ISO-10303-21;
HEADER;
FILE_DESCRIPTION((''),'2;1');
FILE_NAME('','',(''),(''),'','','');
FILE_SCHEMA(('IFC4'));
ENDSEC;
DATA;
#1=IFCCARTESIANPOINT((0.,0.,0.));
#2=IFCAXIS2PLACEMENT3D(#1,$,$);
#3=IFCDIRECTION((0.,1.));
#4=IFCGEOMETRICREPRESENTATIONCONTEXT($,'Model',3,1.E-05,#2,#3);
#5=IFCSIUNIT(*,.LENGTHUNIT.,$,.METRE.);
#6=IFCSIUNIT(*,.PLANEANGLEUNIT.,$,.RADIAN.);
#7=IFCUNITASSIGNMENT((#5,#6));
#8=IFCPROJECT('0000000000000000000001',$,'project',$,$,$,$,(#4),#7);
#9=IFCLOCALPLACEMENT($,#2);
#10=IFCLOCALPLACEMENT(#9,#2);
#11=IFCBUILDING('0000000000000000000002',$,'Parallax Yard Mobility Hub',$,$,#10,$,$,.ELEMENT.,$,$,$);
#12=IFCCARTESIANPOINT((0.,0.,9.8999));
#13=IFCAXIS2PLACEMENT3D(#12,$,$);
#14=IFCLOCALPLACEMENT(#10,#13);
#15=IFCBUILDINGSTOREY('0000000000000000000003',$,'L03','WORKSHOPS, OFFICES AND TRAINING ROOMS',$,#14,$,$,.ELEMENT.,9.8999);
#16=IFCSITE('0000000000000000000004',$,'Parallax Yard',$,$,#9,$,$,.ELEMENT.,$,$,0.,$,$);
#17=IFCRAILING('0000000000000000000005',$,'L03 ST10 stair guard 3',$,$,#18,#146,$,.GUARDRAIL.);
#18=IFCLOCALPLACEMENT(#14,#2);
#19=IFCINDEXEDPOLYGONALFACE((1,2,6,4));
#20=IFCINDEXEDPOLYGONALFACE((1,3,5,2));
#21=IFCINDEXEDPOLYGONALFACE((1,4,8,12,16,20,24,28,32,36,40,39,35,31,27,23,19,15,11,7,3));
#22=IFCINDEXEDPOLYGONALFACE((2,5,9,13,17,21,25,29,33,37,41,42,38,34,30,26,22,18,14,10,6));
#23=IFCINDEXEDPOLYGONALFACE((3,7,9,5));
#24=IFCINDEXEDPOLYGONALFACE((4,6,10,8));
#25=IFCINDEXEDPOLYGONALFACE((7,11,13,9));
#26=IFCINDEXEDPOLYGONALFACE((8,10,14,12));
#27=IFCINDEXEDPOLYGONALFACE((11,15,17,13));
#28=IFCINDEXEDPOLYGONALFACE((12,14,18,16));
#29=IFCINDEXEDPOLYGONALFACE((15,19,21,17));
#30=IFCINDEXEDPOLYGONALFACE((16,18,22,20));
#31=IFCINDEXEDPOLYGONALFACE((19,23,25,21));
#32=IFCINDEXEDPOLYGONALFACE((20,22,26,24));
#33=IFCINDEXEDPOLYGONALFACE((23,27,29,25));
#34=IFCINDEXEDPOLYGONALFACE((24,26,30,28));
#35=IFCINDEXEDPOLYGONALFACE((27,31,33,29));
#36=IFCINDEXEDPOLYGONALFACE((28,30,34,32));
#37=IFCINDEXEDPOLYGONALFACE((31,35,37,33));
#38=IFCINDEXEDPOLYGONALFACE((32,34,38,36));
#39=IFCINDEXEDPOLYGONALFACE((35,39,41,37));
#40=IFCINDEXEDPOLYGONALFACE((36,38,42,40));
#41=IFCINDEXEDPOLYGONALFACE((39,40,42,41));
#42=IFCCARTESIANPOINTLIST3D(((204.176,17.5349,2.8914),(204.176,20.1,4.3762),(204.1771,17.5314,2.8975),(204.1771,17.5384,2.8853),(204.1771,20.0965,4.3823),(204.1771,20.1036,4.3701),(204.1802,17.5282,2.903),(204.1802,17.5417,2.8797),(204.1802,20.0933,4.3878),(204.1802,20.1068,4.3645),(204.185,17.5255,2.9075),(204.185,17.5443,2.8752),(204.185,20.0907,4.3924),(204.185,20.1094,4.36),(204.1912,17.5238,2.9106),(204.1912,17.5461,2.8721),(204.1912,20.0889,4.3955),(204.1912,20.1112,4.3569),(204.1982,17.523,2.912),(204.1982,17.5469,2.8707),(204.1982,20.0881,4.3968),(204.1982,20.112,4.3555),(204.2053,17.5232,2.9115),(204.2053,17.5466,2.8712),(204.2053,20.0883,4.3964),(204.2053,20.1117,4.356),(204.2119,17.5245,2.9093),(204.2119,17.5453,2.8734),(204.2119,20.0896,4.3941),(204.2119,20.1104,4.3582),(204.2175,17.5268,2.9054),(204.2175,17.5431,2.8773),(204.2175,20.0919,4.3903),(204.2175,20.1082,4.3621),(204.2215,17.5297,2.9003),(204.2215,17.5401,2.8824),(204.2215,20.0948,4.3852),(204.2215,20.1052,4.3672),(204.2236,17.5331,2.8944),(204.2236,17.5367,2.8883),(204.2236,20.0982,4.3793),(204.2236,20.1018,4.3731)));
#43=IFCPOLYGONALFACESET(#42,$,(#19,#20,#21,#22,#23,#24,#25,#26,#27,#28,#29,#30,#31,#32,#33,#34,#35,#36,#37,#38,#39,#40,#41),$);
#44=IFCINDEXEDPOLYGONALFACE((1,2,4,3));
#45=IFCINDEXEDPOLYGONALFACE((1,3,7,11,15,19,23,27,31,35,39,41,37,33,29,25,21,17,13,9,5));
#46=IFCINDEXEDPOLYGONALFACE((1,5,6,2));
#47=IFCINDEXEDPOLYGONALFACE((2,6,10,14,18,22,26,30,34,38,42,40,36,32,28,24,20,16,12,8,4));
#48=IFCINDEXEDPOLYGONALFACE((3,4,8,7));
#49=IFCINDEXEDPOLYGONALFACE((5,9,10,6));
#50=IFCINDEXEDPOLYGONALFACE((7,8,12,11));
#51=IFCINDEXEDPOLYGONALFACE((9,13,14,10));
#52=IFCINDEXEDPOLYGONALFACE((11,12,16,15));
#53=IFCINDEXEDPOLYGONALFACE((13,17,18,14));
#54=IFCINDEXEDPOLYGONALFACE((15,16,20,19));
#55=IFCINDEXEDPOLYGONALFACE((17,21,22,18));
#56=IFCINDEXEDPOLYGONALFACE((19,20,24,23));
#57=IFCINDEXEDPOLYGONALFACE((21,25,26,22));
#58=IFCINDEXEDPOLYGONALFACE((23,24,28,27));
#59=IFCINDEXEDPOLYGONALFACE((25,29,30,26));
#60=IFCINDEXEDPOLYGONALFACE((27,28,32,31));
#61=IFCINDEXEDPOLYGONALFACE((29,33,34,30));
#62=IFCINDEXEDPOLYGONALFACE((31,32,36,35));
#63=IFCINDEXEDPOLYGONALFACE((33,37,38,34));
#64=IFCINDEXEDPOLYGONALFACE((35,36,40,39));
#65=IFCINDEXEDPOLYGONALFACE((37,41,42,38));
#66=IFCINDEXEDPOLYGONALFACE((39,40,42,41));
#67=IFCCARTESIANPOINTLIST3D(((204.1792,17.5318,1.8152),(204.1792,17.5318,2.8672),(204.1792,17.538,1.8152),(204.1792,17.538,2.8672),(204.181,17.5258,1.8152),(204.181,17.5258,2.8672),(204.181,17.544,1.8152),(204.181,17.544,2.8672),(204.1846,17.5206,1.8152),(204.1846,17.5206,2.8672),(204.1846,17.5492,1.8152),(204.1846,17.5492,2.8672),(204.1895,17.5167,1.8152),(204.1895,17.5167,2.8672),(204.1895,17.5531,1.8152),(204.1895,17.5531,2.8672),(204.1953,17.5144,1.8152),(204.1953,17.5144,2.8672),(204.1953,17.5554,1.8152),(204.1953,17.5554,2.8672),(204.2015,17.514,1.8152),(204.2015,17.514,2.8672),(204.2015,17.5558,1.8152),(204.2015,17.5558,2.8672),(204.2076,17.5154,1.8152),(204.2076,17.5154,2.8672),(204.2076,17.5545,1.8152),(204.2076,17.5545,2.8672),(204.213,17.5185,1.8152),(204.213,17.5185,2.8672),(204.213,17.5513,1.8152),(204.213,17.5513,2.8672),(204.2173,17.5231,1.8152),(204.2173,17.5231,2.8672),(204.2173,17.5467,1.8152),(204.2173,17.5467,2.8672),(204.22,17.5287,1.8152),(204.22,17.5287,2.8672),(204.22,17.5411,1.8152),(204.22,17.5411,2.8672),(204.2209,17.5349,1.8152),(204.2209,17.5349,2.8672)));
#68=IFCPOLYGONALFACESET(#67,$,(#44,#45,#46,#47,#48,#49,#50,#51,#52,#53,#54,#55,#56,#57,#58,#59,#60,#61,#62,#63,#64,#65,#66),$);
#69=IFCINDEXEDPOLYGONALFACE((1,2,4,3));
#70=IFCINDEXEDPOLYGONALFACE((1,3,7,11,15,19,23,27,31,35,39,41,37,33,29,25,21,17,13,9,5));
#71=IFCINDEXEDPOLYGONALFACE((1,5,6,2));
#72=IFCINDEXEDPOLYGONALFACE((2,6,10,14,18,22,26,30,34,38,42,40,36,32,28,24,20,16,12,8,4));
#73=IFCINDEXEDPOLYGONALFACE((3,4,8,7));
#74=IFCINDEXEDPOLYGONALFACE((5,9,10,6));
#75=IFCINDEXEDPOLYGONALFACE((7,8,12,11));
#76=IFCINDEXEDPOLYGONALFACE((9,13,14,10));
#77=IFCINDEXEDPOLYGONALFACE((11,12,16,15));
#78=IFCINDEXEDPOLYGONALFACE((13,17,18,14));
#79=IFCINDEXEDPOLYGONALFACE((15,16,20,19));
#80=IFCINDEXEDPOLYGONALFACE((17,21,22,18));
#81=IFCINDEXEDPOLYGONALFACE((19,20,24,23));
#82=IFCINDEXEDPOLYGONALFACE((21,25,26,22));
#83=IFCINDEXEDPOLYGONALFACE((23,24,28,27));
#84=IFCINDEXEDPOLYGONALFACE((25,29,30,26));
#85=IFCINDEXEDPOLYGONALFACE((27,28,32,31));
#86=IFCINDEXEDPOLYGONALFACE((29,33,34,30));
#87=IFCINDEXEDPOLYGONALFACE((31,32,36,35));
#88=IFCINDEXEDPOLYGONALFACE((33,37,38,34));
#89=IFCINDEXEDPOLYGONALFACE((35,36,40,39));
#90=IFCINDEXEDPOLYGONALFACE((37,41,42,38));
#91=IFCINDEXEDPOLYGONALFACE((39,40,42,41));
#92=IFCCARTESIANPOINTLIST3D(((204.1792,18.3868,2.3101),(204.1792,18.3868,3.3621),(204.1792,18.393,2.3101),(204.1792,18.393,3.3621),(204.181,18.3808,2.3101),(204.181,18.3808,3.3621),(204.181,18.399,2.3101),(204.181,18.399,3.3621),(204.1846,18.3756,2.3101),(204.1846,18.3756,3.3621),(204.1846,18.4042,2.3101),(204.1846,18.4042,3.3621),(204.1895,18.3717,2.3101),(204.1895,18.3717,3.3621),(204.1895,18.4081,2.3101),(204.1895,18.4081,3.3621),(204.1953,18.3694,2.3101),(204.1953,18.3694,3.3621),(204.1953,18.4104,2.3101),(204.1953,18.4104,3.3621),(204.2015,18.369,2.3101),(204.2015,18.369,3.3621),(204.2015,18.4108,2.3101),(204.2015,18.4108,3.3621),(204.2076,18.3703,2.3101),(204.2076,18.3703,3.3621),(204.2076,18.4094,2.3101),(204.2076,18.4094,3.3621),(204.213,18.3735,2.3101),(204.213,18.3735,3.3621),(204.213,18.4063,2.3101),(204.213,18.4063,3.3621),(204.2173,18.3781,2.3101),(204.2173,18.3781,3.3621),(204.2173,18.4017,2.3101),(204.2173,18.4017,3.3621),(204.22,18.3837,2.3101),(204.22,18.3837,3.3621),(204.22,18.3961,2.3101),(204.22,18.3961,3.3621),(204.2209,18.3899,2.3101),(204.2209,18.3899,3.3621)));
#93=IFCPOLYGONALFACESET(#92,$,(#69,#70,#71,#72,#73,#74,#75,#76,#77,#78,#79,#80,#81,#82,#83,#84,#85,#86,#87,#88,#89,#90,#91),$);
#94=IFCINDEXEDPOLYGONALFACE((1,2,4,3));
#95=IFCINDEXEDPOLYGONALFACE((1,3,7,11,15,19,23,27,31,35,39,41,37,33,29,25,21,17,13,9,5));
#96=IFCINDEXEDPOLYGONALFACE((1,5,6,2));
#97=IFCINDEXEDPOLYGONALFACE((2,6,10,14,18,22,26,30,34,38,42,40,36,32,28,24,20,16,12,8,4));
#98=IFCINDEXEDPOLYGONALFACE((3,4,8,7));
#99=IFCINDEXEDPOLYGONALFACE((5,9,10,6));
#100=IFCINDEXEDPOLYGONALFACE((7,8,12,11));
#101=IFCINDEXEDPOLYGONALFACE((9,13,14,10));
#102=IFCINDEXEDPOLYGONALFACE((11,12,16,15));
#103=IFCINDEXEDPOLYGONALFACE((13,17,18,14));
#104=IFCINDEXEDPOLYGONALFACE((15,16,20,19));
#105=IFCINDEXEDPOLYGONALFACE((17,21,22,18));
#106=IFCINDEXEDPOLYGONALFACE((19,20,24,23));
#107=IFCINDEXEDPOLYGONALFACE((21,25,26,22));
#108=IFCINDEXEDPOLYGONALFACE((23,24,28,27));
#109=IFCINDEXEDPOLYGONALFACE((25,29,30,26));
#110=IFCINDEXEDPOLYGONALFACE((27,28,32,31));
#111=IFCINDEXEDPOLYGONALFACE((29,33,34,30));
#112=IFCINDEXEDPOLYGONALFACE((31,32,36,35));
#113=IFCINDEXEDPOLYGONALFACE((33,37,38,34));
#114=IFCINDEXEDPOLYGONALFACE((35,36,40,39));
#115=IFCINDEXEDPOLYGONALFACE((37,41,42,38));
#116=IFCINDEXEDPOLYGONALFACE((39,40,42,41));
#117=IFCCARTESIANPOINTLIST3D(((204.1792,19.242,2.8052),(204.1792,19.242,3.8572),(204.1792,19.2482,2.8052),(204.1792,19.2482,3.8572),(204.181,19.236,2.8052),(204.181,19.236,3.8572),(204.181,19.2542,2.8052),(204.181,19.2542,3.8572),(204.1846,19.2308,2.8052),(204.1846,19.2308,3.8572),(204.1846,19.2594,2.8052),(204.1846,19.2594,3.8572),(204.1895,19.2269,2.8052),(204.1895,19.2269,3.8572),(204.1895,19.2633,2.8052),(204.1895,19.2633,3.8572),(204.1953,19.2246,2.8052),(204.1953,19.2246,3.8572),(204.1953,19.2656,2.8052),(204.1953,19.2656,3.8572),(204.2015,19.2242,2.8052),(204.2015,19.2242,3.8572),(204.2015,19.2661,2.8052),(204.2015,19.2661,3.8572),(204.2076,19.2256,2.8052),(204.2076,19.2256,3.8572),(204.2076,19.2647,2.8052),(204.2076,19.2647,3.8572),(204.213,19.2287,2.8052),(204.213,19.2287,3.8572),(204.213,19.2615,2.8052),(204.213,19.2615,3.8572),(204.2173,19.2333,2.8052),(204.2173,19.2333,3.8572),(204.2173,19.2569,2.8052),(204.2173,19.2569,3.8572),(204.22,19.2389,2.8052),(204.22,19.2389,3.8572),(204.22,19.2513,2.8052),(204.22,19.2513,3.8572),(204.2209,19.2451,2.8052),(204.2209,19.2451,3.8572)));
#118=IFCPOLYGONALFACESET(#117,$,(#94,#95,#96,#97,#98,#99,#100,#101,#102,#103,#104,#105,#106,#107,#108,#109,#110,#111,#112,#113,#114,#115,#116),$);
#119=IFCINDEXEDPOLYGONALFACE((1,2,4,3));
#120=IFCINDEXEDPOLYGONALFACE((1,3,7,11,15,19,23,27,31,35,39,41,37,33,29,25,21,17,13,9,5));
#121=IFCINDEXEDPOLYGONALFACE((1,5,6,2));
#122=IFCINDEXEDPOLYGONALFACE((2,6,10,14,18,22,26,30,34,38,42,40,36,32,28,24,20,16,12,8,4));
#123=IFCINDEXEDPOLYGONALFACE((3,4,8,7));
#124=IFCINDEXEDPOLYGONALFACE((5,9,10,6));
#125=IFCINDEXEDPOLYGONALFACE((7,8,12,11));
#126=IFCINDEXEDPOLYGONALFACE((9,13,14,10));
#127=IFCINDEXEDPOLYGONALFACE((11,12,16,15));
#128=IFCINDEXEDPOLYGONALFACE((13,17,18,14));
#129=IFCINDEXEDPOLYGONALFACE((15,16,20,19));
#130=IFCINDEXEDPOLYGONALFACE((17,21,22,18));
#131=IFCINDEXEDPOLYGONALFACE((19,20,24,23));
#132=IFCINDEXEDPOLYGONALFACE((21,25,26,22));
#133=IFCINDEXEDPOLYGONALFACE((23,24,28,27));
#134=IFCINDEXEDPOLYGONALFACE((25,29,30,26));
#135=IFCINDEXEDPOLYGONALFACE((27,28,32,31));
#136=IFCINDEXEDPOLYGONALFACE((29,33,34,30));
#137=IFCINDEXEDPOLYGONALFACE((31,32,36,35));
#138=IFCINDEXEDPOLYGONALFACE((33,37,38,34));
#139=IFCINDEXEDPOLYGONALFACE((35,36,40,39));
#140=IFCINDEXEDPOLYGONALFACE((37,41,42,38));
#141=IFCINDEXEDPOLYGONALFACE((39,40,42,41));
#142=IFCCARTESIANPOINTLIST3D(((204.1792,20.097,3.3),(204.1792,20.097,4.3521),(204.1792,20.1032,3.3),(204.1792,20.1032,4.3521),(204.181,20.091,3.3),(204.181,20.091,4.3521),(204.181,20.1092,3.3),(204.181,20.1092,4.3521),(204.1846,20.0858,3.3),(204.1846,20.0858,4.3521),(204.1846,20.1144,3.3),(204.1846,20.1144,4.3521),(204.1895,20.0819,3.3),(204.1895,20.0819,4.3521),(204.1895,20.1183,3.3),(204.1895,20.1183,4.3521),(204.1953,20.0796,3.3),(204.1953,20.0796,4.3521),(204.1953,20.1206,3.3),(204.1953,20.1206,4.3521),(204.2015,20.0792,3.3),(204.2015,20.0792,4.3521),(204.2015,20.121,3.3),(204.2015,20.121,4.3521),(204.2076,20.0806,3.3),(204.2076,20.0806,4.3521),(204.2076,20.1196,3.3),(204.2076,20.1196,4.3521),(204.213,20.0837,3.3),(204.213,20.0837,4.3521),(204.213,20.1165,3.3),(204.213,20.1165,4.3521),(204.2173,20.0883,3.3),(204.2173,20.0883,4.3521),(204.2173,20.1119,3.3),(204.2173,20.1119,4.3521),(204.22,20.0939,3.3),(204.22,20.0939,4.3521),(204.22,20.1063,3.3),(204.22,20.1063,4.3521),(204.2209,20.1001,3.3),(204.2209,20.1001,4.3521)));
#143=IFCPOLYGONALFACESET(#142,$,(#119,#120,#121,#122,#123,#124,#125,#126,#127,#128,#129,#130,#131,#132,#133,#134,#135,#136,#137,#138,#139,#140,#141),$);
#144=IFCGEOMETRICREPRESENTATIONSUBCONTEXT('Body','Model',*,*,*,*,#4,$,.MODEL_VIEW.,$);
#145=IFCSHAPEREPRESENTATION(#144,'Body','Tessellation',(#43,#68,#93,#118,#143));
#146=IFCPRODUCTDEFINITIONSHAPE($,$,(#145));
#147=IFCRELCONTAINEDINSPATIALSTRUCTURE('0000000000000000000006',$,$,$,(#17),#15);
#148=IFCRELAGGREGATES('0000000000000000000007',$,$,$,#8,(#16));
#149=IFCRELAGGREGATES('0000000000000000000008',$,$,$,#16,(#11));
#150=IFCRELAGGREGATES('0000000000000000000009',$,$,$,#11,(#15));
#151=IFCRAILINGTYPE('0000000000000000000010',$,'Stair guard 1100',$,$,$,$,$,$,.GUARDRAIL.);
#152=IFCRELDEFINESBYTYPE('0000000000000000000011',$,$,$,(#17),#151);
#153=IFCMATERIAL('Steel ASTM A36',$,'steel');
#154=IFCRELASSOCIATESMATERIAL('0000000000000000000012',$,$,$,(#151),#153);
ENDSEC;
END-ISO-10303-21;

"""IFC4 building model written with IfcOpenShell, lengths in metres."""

from ifc_helpers import new_model, si_unit, direction, frame, origin, origin_2d, place, context, subcontext, project, spatial, circle, extrude, material, type_object, element, save


model = new_model("IFC4")

# Units and contexts
model_context = context("Model", 3, precision=1e-05, world=origin(), true_north=direction((0.0, 1.0)))
body_context = subcontext(model_context, "Body", "Model", "MODEL_VIEW")
ifc_project = project(units=[si_unit("LENGTHUNIT", "METRE"), si_unit("PLANEANGLEUNIT", "RADIAN")], contexts=[model_context])

# Site, building, storey
site_placement = place(None, origin())
site = spatial("IfcSite", under=ifc_project, at=site_placement, Name="Parallax Yard", CompositionType="ELEMENT", RefElevation=0.0)
building_placement = place(site_placement, origin())
building = spatial("IfcBuilding", under=site, at=building_placement, Name="Parallax Yard Mobility Hub", CompositionType="ELEMENT")
storey_placement = place(building_placement, frame((0.0, 0.0, 9.8999)))
storey = spatial("IfcBuildingStorey", under=building, at=storey_placement, Name="L03", Description="WORKSHOPS, OFFICES AND TRAINING ROOMS", CompositionType="ELEMENT", Elevation=9.8999)

# Railing
ifc_material_1 = material(Name="Steel ASTM A36", Category="steel")
railing_type_1 = type_object("IfcRailingType", Name="Stair guard 1100", PredefinedType="GUARDRAIL", material=ifc_material_1)
railing_1_placement = place(storey_placement, frame((204.2, 17.5349, 1.8152)))
element("IfcRailing", 1, at=railing_1_placement, inside=storey, type_object=railing_type_1, Name="L03 ST10 stair guard 3", PredefinedType="GUARDRAIL", context=body_context, shape_type="SweptSolid", body=[
    extrude(circle(Radius=0.0239, at=origin_2d()), frame((0.0, 0.0, 1.0762), z_axis=(0.0, 0.865462, 0.500975), x_axis=(-1.0, 0.0, 0.0)), (0.0, 0.0, 1.0), 2.9639),
    extrude(circle(Radius=0.021, at=origin_2d()), origin(), (0.0, 0.0, 1.0), 1.052),
    extrude(circle(Radius=0.021, at=origin_2d()), frame((0.0, 0.855, 0.4949)), (0.0, 0.0, 1.0), 1.052),
    extrude(circle(Radius=0.021, at=origin_2d()), frame((0.0, 1.7102, 0.99)), (0.0, 0.0, 1.0), 1.052),
    extrude(circle(Radius=0.021, at=origin_2d()), frame((0.0, 2.5652, 1.4849)), (0.0, 0.0, 1.0), 1.052),
])

save(model, "model.ifc")
